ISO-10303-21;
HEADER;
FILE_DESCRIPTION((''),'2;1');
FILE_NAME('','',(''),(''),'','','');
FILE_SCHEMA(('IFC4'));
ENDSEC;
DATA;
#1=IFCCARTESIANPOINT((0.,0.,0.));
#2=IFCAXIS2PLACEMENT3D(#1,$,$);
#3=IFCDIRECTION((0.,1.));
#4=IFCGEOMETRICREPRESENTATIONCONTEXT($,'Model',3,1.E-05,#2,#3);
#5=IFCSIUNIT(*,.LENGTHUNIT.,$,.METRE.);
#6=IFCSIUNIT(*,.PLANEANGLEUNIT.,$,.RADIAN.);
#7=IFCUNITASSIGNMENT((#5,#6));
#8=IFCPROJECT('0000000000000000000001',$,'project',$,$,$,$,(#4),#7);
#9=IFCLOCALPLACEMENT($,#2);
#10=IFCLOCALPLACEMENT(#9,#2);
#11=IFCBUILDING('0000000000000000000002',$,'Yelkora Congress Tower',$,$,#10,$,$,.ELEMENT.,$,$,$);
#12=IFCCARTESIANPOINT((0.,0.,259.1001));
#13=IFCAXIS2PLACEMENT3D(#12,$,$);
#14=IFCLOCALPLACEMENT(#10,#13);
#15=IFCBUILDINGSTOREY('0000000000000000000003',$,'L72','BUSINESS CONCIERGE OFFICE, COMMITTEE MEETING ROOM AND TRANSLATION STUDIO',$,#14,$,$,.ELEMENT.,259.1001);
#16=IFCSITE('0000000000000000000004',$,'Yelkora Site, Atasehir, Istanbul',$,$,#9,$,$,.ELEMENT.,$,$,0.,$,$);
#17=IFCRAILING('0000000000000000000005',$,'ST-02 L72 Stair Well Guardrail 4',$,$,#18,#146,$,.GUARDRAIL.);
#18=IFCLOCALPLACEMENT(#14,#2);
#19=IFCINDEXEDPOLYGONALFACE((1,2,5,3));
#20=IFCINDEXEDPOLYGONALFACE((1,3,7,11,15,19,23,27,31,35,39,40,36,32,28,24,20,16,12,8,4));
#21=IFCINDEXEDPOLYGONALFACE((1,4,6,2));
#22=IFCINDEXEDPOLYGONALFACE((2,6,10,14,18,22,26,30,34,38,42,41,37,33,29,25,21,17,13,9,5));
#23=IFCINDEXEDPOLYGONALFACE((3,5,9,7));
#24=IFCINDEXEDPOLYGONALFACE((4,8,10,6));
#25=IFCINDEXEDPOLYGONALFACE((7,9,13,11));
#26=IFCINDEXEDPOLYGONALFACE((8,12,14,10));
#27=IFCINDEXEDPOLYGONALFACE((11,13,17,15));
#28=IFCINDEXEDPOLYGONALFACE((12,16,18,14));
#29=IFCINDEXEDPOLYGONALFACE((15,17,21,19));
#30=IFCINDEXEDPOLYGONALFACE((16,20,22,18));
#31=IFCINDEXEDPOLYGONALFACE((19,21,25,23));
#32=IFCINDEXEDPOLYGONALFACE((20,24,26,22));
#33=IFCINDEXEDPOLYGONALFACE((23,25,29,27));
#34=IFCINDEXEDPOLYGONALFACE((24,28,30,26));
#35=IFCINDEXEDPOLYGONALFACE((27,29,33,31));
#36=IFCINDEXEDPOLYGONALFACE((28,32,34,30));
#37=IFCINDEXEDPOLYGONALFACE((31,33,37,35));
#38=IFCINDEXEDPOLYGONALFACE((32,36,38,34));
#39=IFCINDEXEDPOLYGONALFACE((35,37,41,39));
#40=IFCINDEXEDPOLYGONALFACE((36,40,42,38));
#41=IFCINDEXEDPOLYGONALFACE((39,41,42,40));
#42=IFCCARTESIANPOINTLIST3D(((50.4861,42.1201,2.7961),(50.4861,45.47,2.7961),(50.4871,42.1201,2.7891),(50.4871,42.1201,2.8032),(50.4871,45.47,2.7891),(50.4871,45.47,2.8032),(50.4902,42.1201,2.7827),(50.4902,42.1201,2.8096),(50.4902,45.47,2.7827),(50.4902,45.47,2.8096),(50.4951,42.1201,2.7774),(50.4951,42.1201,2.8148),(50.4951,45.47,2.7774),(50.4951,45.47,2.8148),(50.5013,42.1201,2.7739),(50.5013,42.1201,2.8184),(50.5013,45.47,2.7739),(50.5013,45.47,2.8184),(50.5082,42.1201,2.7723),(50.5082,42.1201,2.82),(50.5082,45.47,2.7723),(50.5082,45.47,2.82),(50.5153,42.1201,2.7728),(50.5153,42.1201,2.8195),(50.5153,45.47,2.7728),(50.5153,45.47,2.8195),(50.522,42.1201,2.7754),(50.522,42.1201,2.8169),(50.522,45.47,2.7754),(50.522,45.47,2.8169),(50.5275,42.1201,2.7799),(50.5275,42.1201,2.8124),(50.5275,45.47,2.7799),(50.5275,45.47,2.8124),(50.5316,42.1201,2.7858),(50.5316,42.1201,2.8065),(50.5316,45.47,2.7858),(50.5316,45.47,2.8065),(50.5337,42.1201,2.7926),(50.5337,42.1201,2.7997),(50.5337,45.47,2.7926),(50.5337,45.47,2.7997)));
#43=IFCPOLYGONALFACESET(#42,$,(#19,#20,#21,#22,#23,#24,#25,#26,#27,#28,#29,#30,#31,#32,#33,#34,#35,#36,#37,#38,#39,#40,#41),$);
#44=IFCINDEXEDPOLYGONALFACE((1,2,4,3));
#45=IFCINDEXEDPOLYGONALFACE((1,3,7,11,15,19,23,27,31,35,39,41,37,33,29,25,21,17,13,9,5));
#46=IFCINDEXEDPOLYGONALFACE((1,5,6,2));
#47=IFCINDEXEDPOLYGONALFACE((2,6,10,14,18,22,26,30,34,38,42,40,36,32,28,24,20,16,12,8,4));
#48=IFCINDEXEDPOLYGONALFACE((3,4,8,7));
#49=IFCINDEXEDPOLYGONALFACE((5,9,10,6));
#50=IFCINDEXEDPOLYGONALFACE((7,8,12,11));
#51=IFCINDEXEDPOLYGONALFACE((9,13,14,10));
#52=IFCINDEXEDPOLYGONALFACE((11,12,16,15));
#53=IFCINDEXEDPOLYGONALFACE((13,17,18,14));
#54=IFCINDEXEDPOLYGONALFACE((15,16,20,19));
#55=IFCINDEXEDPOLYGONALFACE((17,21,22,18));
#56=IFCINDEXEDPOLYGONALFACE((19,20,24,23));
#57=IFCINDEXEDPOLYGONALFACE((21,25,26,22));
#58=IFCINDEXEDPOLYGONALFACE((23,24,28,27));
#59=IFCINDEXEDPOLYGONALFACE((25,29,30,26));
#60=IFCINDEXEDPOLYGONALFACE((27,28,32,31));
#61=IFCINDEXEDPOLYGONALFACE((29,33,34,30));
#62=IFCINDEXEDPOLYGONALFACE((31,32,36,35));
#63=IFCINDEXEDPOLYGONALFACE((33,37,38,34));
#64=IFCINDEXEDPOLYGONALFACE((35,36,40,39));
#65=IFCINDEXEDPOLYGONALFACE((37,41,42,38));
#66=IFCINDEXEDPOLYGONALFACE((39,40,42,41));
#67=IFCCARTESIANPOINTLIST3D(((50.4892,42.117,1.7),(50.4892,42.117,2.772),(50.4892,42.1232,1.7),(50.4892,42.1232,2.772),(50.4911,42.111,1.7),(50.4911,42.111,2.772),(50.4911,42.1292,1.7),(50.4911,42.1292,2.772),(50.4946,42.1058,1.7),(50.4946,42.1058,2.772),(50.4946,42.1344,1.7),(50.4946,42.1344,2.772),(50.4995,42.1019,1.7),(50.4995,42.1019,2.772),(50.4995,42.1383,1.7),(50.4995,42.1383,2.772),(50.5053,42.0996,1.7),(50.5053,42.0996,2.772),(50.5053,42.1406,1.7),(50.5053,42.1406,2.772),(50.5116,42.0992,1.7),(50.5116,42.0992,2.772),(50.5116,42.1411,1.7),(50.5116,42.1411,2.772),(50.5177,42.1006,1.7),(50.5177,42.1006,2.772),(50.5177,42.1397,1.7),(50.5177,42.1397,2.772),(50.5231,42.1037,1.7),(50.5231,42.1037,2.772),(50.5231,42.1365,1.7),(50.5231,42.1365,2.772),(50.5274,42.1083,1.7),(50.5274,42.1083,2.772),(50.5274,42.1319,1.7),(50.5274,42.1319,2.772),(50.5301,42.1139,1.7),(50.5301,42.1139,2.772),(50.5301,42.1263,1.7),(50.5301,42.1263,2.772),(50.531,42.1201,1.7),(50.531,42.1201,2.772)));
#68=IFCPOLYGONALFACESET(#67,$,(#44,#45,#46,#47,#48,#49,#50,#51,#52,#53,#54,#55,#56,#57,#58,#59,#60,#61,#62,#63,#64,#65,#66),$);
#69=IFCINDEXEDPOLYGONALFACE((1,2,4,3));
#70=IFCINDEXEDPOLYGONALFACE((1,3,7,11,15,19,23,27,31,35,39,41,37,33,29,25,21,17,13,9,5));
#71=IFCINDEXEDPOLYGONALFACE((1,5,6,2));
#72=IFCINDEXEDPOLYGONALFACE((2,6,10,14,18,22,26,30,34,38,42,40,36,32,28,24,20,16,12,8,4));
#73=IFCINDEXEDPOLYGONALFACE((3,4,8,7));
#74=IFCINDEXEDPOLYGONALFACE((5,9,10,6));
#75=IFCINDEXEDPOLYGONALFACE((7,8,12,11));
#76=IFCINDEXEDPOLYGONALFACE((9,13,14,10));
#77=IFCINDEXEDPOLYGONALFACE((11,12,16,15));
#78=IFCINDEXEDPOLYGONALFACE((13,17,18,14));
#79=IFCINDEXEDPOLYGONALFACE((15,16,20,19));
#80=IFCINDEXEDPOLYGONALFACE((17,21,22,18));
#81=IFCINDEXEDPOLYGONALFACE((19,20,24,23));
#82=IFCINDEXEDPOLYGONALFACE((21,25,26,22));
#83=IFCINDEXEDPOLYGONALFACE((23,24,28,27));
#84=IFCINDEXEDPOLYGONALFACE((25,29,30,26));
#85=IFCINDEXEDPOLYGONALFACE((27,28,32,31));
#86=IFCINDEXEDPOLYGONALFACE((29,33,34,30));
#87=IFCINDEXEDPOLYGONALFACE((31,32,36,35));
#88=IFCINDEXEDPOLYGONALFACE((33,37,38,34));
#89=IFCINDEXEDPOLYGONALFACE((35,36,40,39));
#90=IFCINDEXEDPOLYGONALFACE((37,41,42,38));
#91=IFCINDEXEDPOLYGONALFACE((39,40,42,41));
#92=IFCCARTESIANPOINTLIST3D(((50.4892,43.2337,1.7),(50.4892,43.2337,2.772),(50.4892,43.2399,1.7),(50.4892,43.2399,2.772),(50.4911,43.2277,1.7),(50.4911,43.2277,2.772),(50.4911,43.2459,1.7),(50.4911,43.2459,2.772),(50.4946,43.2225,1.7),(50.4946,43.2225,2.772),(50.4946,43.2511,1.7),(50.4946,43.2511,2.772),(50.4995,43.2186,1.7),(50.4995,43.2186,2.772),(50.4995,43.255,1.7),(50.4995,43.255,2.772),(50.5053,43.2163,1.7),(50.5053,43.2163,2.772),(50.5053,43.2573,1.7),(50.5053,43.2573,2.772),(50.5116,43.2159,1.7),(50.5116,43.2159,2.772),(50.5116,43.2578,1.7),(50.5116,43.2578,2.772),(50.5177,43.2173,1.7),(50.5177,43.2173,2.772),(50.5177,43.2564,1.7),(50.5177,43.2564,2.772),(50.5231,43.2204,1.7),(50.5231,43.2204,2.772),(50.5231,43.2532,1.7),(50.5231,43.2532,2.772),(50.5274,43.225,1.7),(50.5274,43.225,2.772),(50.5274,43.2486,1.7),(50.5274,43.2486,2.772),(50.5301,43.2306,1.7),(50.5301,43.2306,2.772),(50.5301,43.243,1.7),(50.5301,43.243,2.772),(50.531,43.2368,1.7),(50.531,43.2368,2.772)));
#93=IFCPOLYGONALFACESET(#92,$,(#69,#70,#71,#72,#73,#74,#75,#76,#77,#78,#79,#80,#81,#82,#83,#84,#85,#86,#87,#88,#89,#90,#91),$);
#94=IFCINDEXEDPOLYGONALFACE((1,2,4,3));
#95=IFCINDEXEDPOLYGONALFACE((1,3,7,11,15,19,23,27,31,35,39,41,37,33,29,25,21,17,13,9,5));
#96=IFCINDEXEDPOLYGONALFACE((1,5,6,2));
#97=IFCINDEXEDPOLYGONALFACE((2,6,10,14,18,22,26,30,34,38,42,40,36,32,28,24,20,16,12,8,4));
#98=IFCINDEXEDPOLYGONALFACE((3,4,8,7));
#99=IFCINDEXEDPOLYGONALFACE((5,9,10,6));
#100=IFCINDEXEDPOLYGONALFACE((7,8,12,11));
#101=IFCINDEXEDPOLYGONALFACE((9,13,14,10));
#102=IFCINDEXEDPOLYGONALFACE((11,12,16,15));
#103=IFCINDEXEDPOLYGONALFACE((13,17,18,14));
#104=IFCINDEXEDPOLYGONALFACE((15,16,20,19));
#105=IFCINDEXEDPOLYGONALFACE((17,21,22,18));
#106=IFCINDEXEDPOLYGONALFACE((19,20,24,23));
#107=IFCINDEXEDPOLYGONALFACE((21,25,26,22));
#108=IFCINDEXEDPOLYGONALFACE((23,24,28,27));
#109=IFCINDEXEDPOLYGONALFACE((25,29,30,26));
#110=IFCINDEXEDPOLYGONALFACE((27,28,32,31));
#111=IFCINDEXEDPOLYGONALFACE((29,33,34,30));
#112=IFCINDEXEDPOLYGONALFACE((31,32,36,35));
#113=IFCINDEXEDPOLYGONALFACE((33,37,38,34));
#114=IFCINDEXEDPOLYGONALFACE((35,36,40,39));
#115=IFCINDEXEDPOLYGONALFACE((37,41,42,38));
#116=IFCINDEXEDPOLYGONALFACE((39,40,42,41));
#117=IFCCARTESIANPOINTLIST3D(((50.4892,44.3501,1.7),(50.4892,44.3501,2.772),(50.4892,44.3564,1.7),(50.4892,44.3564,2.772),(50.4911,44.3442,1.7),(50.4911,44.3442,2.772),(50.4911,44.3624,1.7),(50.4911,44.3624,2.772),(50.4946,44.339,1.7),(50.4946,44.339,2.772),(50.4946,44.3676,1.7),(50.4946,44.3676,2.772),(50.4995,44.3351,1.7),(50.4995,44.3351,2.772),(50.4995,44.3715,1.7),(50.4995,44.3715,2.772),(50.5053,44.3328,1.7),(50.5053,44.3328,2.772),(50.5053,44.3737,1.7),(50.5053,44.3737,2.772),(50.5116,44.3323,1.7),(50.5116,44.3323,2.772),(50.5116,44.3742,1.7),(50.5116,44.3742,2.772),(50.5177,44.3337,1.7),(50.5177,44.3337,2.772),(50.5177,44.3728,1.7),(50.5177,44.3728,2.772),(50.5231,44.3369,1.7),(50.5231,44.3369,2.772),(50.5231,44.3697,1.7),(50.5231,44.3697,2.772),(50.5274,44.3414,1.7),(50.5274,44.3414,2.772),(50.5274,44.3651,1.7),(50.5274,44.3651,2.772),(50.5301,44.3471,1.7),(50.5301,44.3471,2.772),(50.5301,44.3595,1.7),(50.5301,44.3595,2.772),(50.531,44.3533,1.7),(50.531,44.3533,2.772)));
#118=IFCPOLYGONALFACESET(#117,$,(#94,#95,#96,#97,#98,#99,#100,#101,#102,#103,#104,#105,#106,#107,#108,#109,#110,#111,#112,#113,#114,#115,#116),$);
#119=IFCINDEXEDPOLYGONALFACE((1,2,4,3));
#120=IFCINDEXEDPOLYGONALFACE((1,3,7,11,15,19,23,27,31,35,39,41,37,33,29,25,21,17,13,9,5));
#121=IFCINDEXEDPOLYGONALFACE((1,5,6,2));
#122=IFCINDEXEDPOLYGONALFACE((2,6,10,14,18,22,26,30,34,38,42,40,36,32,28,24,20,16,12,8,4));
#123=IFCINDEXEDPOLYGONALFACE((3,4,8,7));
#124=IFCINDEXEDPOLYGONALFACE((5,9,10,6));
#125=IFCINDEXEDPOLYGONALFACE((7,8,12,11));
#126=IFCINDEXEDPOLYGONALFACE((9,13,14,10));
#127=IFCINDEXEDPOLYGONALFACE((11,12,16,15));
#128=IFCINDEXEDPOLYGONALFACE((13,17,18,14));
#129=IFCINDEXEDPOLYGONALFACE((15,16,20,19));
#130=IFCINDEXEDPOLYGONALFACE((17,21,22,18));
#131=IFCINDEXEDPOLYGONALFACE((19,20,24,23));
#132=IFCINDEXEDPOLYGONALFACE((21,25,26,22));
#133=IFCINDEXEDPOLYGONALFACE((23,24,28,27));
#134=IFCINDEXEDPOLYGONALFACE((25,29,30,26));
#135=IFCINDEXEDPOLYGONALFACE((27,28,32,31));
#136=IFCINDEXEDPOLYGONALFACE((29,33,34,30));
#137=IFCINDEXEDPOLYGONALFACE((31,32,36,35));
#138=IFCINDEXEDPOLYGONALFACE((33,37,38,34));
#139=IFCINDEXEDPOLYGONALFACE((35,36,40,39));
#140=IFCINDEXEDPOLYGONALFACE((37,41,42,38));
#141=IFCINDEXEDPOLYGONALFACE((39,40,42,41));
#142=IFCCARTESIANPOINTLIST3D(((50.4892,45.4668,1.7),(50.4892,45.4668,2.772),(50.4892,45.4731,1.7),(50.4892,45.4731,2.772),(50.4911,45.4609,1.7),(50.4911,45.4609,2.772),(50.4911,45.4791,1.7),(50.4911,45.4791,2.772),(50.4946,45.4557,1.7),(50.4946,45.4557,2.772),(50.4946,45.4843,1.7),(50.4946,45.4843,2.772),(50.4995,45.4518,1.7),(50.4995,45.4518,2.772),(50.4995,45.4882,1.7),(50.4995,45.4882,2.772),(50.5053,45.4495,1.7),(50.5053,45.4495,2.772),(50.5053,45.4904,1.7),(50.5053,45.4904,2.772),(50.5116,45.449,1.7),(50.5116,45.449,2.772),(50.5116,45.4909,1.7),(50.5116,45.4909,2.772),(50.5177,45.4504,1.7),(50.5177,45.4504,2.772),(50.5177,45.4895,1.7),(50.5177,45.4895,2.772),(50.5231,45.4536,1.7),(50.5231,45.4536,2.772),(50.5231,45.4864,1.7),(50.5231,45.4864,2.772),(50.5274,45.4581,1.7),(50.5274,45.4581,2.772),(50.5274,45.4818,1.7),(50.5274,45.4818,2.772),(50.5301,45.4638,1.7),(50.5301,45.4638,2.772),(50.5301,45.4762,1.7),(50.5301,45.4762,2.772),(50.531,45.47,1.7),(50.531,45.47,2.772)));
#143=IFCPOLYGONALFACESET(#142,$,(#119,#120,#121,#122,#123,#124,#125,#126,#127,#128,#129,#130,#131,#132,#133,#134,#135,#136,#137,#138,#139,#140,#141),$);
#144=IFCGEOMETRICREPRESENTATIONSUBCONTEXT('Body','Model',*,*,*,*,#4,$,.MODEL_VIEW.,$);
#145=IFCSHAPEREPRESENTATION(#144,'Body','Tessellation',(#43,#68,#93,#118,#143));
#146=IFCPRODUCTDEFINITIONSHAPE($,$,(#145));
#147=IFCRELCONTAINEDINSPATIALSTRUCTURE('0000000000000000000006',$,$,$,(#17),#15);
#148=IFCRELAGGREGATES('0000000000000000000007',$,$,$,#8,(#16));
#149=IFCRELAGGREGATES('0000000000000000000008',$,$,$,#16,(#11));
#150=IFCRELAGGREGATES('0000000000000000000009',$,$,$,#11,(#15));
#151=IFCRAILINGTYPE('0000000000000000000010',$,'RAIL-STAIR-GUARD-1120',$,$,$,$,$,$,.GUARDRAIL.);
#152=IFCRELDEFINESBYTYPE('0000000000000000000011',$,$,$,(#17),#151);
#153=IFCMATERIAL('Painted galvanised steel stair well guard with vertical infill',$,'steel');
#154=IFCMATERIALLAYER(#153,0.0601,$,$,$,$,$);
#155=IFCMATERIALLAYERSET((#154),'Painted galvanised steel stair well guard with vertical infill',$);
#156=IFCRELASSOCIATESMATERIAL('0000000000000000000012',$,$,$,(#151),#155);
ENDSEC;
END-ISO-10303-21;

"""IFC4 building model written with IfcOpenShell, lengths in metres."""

from ifc_helpers import new_model, si_unit, direction, frame, origin, origin_2d, place, context, subcontext, project, spatial, circle, extrude, material, layer, layer_set, type_object, element, save


model = new_model("IFC4")

# Units and contexts
model_context = context("Model", 3, precision=1e-05, world=origin(), true_north=direction((0.0, 1.0)))
body_context = subcontext(model_context, "Body", "Model", "MODEL_VIEW")
ifc_project = project(units=[si_unit("LENGTHUNIT", "METRE"), si_unit("PLANEANGLEUNIT", "RADIAN")], contexts=[model_context])

# Site, building, storey
site_placement = place(None, origin())
site = spatial("IfcSite", under=ifc_project, at=site_placement, Name="Yelkora Site, Atasehir, Istanbul", CompositionType="ELEMENT", RefElevation=0.0)
building_placement = place(site_placement, origin())
building = spatial("IfcBuilding", under=site, at=building_placement, Name="Yelkora Congress Tower", CompositionType="ELEMENT")
storey_placement = place(building_placement, frame((0.0, 0.0, 259.1001)))
storey = spatial("IfcBuildingStorey", under=building, at=storey_placement, Name="L72", Description="BUSINESS CONCIERGE OFFICE, COMMITTEE MEETING ROOM AND TRANSLATION STUDIO", CompositionType="ELEMENT", Elevation=259.1001)

# Railing
ifc_material_1 = material(Name="Painted galvanised steel stair well guard with vertical infill", Category="steel")
ifc_layer_1 = layer(ifc_material_1, 0.0601)
ifc_layer_set_1 = layer_set([ifc_layer_1], Name="Painted galvanised steel stair well guard with vertical infill")
railing_type_1 = type_object("IfcRailingType", Name="RAIL-STAIR-GUARD-1120", PredefinedType="GUARDRAIL", material=ifc_layer_set_1)
for number, where, name in (
    (1, (50.51, 42.1201, 1.7), "ST-02 L72 Stair Well Guardrail 4"),
):
    element("IfcRailing", number, at=place(storey_placement, frame(where)), inside=storey, type_object=railing_type_1, Name=name, PredefinedType="GUARDRAIL", context=body_context, shape_type="SweptSolid", body=[
        extrude(circle(Radius=0.0239, at=origin_2d()), frame((0.0, 0.0, 1.0962), z_axis=(0.0, 1.0, 0.0), x_axis=(-1.0, 0.0, 0.0)), (0.0, 0.0, 1.0), 3.3499),
        extrude(circle(Radius=0.021, at=origin_2d()), origin(), (0.0, 0.0, 1.0), 1.072),
        extrude(circle(Radius=0.021, at=origin_2d()), frame((0.0, 1.1167, 0.0)), (0.0, 0.0, 1.0), 1.072),
        extrude(circle(Radius=0.021, at=origin_2d()), frame((0.0, 2.2332, 0.0)), (0.0, 0.0, 1.0), 1.072),
        extrude(circle(Radius=0.021, at=origin_2d()), frame((0.0, 3.3499, 0.0)), (0.0, 0.0, 1.0), 1.072),
    ])

save(model, "model.ifc")
